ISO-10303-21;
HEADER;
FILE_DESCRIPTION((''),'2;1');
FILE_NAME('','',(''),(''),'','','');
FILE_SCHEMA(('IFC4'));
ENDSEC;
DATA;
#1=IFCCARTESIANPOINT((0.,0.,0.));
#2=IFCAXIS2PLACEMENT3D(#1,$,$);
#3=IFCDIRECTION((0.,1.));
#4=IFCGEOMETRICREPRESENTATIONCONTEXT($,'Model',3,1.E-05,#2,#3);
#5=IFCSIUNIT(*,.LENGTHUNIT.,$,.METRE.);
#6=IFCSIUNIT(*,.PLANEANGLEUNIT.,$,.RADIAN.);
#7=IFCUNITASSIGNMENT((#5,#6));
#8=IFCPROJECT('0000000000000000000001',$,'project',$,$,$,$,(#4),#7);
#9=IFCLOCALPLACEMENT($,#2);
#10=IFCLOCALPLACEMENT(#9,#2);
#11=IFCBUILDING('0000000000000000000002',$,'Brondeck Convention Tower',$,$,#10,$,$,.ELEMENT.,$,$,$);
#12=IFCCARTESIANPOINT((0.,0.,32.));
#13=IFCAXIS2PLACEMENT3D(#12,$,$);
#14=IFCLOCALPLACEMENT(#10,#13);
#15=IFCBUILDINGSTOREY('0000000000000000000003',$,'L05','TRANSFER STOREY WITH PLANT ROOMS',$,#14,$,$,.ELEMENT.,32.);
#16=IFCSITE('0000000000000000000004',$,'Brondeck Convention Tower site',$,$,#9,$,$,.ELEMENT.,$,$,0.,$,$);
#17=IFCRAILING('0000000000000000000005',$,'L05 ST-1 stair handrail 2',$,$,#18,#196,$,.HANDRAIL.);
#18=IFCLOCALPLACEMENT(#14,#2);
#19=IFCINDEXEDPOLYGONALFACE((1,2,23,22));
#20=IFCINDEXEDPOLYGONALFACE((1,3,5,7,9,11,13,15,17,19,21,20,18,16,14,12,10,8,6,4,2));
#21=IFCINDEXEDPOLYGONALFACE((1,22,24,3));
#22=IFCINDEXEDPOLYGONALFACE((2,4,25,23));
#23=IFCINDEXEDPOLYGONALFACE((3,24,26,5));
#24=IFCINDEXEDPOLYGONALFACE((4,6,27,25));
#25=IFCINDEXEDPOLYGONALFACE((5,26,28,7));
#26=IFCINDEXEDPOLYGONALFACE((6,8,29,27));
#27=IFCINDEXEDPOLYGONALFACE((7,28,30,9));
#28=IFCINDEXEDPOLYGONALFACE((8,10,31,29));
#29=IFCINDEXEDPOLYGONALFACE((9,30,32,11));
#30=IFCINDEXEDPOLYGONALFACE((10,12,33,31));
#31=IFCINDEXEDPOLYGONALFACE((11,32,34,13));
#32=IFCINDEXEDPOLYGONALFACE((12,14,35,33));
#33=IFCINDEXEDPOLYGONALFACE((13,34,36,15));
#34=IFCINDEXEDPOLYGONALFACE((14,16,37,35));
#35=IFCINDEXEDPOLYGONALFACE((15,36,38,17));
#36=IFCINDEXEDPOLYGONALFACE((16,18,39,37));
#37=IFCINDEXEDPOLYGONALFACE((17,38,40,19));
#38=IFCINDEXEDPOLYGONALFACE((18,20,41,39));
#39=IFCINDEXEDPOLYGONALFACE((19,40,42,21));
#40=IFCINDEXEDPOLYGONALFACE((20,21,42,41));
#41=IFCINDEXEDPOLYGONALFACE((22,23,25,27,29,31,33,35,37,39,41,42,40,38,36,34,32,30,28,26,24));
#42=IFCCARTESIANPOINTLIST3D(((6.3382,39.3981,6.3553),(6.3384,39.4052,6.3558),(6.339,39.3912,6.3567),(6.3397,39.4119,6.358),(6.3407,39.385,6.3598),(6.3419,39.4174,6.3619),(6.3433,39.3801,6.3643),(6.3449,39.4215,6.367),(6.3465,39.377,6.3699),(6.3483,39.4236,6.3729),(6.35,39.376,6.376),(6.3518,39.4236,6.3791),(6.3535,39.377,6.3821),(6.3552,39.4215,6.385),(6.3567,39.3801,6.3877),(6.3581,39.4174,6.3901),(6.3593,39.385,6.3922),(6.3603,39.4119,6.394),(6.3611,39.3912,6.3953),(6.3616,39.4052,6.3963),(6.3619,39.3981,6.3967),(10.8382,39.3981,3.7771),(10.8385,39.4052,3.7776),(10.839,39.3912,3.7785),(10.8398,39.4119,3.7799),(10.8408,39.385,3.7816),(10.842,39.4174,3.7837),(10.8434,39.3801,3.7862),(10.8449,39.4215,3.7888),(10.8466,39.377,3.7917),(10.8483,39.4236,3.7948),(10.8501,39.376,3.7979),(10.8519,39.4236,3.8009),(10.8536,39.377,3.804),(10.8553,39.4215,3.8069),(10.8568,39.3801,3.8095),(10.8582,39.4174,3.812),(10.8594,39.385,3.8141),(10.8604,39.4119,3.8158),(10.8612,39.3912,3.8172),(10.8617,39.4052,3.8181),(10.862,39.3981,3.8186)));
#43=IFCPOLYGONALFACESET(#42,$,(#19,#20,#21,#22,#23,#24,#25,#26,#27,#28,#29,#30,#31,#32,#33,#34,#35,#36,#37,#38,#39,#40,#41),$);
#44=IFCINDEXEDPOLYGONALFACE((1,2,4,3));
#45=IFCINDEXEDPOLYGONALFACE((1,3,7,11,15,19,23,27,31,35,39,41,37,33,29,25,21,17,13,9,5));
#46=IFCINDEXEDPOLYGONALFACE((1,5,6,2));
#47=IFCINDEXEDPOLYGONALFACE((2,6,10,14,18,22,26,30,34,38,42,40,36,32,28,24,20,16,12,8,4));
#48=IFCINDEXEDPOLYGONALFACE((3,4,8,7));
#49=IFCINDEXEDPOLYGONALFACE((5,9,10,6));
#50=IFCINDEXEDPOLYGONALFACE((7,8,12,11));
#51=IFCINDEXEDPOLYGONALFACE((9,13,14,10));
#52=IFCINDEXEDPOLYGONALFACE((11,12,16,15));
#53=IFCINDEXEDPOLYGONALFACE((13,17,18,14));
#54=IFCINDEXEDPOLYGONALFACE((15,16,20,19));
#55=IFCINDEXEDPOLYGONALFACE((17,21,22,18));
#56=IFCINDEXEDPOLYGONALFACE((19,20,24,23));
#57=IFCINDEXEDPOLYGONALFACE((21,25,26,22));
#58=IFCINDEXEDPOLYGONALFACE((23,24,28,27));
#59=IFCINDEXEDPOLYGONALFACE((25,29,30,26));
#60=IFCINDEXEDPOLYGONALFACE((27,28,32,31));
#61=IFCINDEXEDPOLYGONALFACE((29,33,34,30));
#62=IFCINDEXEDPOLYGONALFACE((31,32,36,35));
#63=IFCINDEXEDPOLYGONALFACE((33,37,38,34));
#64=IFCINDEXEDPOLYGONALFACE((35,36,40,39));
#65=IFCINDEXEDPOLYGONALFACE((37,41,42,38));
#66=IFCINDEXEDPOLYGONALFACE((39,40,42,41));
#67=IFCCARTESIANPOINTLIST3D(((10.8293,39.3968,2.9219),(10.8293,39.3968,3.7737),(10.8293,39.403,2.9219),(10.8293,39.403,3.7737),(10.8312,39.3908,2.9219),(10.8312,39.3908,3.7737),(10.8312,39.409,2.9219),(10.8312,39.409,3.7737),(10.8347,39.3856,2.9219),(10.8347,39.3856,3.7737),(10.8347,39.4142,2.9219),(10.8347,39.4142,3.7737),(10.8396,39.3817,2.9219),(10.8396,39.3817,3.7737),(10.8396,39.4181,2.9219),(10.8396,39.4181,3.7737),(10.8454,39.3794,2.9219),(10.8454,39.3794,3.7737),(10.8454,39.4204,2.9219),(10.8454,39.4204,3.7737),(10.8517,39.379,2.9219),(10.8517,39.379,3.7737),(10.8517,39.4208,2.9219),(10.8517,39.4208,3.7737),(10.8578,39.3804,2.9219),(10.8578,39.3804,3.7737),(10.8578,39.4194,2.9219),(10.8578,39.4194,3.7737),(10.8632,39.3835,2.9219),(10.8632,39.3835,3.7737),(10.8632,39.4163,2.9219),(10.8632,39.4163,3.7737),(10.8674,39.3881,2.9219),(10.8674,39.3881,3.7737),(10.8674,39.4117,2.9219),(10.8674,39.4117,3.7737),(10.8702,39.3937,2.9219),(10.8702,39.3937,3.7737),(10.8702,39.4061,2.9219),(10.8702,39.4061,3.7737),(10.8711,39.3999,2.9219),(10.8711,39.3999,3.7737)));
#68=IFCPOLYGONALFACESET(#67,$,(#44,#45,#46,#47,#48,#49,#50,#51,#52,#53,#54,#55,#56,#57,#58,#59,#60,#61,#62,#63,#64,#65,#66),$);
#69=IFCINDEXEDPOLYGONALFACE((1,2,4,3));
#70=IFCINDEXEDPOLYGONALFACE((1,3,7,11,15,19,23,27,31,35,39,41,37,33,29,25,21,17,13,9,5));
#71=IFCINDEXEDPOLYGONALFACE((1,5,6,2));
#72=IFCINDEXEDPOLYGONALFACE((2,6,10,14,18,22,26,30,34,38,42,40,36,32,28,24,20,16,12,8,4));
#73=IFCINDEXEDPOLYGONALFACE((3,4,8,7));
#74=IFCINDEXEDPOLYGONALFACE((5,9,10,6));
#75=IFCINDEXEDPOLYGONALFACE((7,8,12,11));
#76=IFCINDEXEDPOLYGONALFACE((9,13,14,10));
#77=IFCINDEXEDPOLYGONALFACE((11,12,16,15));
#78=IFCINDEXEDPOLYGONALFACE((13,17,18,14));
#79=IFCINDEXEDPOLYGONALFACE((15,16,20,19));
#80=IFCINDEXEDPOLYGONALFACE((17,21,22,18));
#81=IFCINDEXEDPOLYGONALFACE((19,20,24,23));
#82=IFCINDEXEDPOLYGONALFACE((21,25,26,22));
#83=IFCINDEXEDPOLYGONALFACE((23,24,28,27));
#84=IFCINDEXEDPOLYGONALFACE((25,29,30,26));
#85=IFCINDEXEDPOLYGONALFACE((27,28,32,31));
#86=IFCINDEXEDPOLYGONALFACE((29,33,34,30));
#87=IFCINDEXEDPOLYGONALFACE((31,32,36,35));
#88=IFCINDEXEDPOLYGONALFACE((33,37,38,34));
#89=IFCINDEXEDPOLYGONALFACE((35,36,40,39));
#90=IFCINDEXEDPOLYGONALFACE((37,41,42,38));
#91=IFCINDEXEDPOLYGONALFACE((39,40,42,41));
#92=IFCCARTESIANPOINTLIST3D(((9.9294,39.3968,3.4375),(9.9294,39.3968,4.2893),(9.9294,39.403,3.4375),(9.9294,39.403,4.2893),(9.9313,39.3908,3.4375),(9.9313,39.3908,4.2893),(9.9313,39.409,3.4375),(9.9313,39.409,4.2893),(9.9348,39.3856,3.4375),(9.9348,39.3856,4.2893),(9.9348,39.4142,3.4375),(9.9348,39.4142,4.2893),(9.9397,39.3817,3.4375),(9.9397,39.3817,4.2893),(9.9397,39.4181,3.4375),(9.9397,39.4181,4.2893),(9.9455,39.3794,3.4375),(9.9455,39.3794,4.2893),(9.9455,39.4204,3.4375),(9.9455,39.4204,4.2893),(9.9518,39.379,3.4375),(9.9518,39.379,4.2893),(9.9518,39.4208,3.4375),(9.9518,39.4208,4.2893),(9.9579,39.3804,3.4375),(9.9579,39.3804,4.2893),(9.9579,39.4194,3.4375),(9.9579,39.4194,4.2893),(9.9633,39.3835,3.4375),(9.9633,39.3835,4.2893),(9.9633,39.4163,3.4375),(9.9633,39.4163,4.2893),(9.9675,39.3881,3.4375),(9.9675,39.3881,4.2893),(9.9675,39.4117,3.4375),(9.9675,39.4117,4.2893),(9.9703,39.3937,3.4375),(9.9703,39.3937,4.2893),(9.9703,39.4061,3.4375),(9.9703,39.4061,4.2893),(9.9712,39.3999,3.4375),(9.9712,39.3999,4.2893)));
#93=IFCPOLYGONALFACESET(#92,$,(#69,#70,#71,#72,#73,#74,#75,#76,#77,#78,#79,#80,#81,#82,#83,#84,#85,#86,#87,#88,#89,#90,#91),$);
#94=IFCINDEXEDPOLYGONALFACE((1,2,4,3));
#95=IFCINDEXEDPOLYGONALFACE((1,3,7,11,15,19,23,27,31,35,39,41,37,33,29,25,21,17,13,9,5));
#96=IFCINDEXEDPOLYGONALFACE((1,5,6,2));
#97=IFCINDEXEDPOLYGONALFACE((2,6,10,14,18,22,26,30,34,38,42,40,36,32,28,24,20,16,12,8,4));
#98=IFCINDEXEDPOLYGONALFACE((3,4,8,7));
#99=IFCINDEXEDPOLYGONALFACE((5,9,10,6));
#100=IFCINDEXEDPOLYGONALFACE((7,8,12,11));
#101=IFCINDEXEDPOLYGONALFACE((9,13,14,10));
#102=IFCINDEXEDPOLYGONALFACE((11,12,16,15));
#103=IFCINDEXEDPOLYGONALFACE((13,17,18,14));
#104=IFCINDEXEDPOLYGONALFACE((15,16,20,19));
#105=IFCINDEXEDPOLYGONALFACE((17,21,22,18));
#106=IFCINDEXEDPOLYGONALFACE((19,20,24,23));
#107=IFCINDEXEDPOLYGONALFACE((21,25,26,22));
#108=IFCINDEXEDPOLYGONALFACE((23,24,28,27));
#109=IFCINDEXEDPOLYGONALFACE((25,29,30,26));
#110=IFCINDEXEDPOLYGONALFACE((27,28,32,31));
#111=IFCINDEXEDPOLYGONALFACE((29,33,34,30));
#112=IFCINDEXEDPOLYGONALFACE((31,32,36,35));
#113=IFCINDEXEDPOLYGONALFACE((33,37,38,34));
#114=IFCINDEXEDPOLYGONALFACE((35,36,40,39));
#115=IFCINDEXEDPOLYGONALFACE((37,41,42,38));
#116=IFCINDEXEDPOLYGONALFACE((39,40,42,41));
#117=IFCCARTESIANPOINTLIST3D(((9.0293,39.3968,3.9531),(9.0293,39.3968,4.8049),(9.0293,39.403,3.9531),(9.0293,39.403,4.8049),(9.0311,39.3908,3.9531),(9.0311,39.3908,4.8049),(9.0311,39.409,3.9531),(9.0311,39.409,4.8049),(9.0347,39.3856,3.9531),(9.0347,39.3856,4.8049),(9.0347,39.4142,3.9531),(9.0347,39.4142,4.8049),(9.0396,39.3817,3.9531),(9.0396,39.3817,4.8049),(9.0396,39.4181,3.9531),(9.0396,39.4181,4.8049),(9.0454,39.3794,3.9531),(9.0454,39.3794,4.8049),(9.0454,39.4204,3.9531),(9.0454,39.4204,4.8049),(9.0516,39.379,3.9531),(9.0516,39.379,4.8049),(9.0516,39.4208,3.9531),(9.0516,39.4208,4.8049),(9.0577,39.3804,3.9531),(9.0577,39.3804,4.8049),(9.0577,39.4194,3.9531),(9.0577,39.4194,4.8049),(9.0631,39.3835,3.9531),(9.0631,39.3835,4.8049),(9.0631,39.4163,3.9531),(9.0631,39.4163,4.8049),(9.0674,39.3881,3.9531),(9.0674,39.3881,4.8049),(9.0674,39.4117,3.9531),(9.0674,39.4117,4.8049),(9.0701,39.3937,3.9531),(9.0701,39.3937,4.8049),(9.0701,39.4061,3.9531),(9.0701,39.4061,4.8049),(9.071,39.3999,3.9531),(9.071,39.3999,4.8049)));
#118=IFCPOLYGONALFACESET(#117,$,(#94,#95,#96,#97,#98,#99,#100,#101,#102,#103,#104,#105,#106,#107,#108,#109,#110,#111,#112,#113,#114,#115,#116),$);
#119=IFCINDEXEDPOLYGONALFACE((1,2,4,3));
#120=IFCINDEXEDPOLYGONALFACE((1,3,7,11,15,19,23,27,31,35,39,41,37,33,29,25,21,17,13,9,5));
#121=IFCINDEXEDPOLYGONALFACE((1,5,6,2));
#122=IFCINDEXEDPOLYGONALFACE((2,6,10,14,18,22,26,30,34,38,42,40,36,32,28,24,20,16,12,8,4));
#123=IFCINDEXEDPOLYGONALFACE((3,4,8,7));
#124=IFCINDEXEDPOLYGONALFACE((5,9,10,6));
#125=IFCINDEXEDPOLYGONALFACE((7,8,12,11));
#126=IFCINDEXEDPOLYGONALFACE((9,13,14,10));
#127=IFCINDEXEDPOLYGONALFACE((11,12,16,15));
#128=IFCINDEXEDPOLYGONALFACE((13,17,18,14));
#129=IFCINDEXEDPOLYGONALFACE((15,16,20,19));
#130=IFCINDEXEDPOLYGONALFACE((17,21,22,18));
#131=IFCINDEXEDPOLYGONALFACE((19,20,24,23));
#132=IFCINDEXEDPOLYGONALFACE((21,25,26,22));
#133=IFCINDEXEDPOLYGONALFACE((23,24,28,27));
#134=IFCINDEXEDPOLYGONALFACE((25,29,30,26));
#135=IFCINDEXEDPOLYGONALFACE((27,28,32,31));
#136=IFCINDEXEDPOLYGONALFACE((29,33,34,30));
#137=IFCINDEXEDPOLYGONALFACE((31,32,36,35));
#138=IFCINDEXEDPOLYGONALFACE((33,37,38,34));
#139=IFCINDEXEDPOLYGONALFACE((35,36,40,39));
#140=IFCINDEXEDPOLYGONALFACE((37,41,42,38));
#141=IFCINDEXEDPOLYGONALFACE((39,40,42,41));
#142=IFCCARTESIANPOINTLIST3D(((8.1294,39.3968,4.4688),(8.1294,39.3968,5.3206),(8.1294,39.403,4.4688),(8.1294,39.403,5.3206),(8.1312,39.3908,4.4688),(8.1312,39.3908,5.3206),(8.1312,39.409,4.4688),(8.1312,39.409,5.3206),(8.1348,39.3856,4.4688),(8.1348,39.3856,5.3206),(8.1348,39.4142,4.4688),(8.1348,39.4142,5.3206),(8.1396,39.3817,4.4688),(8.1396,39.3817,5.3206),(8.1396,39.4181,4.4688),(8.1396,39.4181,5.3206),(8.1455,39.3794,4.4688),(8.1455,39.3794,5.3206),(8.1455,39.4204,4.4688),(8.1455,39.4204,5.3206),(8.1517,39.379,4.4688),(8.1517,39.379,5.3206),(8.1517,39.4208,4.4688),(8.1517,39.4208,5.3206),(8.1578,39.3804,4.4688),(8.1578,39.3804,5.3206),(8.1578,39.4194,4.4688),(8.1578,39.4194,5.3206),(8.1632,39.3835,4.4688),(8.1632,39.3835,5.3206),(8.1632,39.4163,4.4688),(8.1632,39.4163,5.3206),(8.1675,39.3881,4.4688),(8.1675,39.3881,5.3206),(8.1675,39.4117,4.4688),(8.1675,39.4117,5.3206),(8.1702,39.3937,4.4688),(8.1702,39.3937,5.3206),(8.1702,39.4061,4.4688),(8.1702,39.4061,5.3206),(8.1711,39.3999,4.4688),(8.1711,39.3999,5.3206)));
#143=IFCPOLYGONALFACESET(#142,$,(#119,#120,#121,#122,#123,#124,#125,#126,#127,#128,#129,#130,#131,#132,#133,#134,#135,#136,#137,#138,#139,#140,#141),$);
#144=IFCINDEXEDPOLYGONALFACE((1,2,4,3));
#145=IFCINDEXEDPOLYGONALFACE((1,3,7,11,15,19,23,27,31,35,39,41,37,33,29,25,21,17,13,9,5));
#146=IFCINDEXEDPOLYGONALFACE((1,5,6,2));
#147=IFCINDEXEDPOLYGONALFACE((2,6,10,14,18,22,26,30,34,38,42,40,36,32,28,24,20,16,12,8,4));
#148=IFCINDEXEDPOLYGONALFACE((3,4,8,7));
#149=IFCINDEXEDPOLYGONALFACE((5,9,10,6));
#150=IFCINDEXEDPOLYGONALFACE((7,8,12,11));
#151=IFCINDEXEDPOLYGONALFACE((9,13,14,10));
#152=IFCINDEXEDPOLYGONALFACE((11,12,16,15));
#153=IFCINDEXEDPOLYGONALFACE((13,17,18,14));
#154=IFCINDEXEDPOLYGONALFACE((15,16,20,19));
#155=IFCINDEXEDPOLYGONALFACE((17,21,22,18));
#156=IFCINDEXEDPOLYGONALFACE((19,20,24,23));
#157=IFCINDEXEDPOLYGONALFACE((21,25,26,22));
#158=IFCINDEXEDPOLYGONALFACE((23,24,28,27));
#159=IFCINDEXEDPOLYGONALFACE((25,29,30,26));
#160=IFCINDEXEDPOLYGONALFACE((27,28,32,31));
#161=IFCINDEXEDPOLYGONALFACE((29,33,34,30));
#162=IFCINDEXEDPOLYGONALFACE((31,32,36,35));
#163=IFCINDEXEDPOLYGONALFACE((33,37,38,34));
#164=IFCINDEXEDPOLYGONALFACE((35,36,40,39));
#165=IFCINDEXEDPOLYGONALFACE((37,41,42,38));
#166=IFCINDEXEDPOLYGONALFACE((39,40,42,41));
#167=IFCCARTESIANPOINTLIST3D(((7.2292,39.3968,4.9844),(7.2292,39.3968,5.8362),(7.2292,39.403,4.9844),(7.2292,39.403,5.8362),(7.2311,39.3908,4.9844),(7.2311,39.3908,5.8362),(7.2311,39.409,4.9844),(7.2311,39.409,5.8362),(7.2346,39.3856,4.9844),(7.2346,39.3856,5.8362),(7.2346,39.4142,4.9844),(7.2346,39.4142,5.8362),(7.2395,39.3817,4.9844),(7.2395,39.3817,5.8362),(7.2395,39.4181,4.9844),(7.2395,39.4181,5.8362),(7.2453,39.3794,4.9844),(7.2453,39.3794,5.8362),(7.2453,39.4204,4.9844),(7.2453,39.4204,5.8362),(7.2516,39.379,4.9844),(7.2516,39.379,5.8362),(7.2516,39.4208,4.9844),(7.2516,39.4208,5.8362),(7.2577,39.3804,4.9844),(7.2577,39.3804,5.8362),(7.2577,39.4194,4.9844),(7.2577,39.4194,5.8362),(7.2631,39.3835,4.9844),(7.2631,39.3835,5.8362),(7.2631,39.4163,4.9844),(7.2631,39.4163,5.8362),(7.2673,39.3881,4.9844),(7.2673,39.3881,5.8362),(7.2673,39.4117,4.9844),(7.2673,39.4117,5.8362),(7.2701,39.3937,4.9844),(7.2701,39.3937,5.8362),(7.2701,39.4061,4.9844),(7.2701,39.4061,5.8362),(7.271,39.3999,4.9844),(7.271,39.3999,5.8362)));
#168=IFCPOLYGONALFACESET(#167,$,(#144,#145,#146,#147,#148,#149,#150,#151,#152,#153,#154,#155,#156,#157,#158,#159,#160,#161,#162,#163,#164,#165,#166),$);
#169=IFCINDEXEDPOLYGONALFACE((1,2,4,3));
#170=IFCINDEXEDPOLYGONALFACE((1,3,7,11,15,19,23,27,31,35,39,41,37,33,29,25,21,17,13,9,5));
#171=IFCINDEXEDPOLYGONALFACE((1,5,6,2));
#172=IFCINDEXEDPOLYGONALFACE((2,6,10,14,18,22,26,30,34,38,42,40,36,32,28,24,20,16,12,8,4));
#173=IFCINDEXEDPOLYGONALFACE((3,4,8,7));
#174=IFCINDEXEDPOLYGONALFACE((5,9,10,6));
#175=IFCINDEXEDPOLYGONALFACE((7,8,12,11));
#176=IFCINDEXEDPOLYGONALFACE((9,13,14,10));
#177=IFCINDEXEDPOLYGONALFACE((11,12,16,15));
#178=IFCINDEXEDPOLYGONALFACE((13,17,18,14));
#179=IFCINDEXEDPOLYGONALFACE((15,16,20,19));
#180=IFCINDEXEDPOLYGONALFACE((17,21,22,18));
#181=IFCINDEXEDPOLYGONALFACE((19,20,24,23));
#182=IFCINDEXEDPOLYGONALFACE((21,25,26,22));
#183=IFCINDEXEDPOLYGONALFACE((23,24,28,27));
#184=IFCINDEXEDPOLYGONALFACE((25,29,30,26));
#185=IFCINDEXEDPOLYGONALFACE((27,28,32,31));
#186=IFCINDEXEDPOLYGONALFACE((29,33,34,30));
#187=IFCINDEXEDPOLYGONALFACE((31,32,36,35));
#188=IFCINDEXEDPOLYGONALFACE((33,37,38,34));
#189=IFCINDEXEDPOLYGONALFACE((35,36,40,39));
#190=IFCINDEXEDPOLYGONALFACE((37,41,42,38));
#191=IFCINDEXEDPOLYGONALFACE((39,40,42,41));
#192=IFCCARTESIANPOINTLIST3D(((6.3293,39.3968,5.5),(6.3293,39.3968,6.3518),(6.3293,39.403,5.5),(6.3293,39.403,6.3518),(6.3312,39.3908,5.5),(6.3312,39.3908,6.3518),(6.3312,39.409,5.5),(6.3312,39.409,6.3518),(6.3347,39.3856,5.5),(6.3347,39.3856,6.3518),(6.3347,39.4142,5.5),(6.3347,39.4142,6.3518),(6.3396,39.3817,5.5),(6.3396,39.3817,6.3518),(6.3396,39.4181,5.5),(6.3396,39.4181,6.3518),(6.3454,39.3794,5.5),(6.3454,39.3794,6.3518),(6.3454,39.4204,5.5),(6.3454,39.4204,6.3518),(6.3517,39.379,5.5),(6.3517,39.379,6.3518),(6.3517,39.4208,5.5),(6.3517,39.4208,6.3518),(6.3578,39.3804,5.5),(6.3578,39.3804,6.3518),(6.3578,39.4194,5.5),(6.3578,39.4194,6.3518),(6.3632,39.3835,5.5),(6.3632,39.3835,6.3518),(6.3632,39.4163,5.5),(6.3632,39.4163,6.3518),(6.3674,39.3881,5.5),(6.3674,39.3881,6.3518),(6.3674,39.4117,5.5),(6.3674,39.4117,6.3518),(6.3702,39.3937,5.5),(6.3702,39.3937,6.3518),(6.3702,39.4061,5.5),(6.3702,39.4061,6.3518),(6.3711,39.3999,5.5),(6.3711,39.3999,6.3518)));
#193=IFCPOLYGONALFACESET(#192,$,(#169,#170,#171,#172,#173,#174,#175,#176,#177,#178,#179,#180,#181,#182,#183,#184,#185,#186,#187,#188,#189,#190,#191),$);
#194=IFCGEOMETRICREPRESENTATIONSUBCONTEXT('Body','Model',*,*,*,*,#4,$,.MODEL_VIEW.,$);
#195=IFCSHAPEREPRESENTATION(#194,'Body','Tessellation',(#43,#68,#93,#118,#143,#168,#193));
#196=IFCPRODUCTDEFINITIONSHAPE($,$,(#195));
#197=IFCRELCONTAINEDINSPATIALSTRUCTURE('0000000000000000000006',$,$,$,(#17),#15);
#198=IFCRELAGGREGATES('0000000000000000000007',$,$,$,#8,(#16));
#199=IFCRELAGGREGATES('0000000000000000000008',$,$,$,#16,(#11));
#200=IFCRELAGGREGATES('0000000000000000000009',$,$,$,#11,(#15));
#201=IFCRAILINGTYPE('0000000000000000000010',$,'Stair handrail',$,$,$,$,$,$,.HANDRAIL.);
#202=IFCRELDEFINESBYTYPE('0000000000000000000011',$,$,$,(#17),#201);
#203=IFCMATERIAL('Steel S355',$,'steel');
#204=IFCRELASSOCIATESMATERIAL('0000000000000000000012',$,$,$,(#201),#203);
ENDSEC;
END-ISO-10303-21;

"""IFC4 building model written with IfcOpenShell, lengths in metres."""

from ifc_helpers import new_model, si_unit, direction, frame, origin, origin_2d, place, context, subcontext, project, spatial, circle, extrude, material, type_object, element, save


model = new_model("IFC4")

# Units and contexts
model_context = context("Model", 3, precision=1e-05, world=origin(), true_north=direction((0.0, 1.0)))
body_context = subcontext(model_context, "Body", "Model", "MODEL_VIEW")
ifc_project = project(units=[si_unit("LENGTHUNIT", "METRE"), si_unit("PLANEANGLEUNIT", "RADIAN")], contexts=[model_context])

# Site, building, storey
site_placement = place(None, origin())
site = spatial("IfcSite", under=ifc_project, at=site_placement, Name="Brondeck Convention Tower site", CompositionType="ELEMENT", RefElevation=0.0)
building_placement = place(site_placement, origin())
building = spatial("IfcBuilding", under=site, at=building_placement, Name="Brondeck Convention Tower", CompositionType="ELEMENT")
storey_placement = place(building_placement, frame((0.0, 0.0, 32.0)))
storey = spatial("IfcBuildingStorey", under=building, at=storey_placement, Name="L05", Description="TRANSFER STOREY WITH PLANT ROOMS", CompositionType="ELEMENT", Elevation=32.0)

# Railing
ifc_material_1 = material(Name="Steel S355", Category="steel")
railing_type = type_object("IfcRailingType", Name="Stair handrail", PredefinedType="HANDRAIL", material=ifc_material_1)
railing_placement = place(storey_placement, frame((10.8501, 39.3999, 2.9219)))
element("IfcRailing", 1, at=railing_placement, inside=storey, type_object=railing_type, Name="L05 ST-1 stair handrail 2", PredefinedType="HANDRAIL", context=body_context, shape_type="SweptSolid", body=[
    extrude(circle(Radius=0.0239, at=origin_2d()), frame((0.0, 0.0, 0.876), z_axis=(-0.867686, 0.0, 0.497112), x_axis=(0.0, -1.0, 0.0)), (0.0, 0.0, 1.0), 5.1863),
    extrude(circle(Radius=0.021, at=origin_2d()), origin(), (0.0, 0.0, 1.0), 0.8518),
    extrude(circle(Radius=0.021, at=origin_2d()), frame((-0.8999, 0.0, 0.5156)), (0.0, 0.0, 1.0), 0.8518),
    extrude(circle(Radius=0.021, at=origin_2d()), frame((-1.8, 0.0, 1.0312)), (0.0, 0.0, 1.0), 0.8518),
    extrude(circle(Radius=0.021, at=origin_2d()), frame((-2.7, 0.0, 1.5469)), (0.0, 0.0, 1.0), 0.8518),
    extrude(circle(Radius=0.021, at=origin_2d()), frame((-3.6001, 0.0, 2.0625)), (0.0, 0.0, 1.0), 0.8518),
    extrude(circle(Radius=0.021, at=origin_2d()), frame((-4.5, 0.0, 2.5781)), (0.0, 0.0, 1.0), 0.8518),
])

save(model, "model.ifc")
